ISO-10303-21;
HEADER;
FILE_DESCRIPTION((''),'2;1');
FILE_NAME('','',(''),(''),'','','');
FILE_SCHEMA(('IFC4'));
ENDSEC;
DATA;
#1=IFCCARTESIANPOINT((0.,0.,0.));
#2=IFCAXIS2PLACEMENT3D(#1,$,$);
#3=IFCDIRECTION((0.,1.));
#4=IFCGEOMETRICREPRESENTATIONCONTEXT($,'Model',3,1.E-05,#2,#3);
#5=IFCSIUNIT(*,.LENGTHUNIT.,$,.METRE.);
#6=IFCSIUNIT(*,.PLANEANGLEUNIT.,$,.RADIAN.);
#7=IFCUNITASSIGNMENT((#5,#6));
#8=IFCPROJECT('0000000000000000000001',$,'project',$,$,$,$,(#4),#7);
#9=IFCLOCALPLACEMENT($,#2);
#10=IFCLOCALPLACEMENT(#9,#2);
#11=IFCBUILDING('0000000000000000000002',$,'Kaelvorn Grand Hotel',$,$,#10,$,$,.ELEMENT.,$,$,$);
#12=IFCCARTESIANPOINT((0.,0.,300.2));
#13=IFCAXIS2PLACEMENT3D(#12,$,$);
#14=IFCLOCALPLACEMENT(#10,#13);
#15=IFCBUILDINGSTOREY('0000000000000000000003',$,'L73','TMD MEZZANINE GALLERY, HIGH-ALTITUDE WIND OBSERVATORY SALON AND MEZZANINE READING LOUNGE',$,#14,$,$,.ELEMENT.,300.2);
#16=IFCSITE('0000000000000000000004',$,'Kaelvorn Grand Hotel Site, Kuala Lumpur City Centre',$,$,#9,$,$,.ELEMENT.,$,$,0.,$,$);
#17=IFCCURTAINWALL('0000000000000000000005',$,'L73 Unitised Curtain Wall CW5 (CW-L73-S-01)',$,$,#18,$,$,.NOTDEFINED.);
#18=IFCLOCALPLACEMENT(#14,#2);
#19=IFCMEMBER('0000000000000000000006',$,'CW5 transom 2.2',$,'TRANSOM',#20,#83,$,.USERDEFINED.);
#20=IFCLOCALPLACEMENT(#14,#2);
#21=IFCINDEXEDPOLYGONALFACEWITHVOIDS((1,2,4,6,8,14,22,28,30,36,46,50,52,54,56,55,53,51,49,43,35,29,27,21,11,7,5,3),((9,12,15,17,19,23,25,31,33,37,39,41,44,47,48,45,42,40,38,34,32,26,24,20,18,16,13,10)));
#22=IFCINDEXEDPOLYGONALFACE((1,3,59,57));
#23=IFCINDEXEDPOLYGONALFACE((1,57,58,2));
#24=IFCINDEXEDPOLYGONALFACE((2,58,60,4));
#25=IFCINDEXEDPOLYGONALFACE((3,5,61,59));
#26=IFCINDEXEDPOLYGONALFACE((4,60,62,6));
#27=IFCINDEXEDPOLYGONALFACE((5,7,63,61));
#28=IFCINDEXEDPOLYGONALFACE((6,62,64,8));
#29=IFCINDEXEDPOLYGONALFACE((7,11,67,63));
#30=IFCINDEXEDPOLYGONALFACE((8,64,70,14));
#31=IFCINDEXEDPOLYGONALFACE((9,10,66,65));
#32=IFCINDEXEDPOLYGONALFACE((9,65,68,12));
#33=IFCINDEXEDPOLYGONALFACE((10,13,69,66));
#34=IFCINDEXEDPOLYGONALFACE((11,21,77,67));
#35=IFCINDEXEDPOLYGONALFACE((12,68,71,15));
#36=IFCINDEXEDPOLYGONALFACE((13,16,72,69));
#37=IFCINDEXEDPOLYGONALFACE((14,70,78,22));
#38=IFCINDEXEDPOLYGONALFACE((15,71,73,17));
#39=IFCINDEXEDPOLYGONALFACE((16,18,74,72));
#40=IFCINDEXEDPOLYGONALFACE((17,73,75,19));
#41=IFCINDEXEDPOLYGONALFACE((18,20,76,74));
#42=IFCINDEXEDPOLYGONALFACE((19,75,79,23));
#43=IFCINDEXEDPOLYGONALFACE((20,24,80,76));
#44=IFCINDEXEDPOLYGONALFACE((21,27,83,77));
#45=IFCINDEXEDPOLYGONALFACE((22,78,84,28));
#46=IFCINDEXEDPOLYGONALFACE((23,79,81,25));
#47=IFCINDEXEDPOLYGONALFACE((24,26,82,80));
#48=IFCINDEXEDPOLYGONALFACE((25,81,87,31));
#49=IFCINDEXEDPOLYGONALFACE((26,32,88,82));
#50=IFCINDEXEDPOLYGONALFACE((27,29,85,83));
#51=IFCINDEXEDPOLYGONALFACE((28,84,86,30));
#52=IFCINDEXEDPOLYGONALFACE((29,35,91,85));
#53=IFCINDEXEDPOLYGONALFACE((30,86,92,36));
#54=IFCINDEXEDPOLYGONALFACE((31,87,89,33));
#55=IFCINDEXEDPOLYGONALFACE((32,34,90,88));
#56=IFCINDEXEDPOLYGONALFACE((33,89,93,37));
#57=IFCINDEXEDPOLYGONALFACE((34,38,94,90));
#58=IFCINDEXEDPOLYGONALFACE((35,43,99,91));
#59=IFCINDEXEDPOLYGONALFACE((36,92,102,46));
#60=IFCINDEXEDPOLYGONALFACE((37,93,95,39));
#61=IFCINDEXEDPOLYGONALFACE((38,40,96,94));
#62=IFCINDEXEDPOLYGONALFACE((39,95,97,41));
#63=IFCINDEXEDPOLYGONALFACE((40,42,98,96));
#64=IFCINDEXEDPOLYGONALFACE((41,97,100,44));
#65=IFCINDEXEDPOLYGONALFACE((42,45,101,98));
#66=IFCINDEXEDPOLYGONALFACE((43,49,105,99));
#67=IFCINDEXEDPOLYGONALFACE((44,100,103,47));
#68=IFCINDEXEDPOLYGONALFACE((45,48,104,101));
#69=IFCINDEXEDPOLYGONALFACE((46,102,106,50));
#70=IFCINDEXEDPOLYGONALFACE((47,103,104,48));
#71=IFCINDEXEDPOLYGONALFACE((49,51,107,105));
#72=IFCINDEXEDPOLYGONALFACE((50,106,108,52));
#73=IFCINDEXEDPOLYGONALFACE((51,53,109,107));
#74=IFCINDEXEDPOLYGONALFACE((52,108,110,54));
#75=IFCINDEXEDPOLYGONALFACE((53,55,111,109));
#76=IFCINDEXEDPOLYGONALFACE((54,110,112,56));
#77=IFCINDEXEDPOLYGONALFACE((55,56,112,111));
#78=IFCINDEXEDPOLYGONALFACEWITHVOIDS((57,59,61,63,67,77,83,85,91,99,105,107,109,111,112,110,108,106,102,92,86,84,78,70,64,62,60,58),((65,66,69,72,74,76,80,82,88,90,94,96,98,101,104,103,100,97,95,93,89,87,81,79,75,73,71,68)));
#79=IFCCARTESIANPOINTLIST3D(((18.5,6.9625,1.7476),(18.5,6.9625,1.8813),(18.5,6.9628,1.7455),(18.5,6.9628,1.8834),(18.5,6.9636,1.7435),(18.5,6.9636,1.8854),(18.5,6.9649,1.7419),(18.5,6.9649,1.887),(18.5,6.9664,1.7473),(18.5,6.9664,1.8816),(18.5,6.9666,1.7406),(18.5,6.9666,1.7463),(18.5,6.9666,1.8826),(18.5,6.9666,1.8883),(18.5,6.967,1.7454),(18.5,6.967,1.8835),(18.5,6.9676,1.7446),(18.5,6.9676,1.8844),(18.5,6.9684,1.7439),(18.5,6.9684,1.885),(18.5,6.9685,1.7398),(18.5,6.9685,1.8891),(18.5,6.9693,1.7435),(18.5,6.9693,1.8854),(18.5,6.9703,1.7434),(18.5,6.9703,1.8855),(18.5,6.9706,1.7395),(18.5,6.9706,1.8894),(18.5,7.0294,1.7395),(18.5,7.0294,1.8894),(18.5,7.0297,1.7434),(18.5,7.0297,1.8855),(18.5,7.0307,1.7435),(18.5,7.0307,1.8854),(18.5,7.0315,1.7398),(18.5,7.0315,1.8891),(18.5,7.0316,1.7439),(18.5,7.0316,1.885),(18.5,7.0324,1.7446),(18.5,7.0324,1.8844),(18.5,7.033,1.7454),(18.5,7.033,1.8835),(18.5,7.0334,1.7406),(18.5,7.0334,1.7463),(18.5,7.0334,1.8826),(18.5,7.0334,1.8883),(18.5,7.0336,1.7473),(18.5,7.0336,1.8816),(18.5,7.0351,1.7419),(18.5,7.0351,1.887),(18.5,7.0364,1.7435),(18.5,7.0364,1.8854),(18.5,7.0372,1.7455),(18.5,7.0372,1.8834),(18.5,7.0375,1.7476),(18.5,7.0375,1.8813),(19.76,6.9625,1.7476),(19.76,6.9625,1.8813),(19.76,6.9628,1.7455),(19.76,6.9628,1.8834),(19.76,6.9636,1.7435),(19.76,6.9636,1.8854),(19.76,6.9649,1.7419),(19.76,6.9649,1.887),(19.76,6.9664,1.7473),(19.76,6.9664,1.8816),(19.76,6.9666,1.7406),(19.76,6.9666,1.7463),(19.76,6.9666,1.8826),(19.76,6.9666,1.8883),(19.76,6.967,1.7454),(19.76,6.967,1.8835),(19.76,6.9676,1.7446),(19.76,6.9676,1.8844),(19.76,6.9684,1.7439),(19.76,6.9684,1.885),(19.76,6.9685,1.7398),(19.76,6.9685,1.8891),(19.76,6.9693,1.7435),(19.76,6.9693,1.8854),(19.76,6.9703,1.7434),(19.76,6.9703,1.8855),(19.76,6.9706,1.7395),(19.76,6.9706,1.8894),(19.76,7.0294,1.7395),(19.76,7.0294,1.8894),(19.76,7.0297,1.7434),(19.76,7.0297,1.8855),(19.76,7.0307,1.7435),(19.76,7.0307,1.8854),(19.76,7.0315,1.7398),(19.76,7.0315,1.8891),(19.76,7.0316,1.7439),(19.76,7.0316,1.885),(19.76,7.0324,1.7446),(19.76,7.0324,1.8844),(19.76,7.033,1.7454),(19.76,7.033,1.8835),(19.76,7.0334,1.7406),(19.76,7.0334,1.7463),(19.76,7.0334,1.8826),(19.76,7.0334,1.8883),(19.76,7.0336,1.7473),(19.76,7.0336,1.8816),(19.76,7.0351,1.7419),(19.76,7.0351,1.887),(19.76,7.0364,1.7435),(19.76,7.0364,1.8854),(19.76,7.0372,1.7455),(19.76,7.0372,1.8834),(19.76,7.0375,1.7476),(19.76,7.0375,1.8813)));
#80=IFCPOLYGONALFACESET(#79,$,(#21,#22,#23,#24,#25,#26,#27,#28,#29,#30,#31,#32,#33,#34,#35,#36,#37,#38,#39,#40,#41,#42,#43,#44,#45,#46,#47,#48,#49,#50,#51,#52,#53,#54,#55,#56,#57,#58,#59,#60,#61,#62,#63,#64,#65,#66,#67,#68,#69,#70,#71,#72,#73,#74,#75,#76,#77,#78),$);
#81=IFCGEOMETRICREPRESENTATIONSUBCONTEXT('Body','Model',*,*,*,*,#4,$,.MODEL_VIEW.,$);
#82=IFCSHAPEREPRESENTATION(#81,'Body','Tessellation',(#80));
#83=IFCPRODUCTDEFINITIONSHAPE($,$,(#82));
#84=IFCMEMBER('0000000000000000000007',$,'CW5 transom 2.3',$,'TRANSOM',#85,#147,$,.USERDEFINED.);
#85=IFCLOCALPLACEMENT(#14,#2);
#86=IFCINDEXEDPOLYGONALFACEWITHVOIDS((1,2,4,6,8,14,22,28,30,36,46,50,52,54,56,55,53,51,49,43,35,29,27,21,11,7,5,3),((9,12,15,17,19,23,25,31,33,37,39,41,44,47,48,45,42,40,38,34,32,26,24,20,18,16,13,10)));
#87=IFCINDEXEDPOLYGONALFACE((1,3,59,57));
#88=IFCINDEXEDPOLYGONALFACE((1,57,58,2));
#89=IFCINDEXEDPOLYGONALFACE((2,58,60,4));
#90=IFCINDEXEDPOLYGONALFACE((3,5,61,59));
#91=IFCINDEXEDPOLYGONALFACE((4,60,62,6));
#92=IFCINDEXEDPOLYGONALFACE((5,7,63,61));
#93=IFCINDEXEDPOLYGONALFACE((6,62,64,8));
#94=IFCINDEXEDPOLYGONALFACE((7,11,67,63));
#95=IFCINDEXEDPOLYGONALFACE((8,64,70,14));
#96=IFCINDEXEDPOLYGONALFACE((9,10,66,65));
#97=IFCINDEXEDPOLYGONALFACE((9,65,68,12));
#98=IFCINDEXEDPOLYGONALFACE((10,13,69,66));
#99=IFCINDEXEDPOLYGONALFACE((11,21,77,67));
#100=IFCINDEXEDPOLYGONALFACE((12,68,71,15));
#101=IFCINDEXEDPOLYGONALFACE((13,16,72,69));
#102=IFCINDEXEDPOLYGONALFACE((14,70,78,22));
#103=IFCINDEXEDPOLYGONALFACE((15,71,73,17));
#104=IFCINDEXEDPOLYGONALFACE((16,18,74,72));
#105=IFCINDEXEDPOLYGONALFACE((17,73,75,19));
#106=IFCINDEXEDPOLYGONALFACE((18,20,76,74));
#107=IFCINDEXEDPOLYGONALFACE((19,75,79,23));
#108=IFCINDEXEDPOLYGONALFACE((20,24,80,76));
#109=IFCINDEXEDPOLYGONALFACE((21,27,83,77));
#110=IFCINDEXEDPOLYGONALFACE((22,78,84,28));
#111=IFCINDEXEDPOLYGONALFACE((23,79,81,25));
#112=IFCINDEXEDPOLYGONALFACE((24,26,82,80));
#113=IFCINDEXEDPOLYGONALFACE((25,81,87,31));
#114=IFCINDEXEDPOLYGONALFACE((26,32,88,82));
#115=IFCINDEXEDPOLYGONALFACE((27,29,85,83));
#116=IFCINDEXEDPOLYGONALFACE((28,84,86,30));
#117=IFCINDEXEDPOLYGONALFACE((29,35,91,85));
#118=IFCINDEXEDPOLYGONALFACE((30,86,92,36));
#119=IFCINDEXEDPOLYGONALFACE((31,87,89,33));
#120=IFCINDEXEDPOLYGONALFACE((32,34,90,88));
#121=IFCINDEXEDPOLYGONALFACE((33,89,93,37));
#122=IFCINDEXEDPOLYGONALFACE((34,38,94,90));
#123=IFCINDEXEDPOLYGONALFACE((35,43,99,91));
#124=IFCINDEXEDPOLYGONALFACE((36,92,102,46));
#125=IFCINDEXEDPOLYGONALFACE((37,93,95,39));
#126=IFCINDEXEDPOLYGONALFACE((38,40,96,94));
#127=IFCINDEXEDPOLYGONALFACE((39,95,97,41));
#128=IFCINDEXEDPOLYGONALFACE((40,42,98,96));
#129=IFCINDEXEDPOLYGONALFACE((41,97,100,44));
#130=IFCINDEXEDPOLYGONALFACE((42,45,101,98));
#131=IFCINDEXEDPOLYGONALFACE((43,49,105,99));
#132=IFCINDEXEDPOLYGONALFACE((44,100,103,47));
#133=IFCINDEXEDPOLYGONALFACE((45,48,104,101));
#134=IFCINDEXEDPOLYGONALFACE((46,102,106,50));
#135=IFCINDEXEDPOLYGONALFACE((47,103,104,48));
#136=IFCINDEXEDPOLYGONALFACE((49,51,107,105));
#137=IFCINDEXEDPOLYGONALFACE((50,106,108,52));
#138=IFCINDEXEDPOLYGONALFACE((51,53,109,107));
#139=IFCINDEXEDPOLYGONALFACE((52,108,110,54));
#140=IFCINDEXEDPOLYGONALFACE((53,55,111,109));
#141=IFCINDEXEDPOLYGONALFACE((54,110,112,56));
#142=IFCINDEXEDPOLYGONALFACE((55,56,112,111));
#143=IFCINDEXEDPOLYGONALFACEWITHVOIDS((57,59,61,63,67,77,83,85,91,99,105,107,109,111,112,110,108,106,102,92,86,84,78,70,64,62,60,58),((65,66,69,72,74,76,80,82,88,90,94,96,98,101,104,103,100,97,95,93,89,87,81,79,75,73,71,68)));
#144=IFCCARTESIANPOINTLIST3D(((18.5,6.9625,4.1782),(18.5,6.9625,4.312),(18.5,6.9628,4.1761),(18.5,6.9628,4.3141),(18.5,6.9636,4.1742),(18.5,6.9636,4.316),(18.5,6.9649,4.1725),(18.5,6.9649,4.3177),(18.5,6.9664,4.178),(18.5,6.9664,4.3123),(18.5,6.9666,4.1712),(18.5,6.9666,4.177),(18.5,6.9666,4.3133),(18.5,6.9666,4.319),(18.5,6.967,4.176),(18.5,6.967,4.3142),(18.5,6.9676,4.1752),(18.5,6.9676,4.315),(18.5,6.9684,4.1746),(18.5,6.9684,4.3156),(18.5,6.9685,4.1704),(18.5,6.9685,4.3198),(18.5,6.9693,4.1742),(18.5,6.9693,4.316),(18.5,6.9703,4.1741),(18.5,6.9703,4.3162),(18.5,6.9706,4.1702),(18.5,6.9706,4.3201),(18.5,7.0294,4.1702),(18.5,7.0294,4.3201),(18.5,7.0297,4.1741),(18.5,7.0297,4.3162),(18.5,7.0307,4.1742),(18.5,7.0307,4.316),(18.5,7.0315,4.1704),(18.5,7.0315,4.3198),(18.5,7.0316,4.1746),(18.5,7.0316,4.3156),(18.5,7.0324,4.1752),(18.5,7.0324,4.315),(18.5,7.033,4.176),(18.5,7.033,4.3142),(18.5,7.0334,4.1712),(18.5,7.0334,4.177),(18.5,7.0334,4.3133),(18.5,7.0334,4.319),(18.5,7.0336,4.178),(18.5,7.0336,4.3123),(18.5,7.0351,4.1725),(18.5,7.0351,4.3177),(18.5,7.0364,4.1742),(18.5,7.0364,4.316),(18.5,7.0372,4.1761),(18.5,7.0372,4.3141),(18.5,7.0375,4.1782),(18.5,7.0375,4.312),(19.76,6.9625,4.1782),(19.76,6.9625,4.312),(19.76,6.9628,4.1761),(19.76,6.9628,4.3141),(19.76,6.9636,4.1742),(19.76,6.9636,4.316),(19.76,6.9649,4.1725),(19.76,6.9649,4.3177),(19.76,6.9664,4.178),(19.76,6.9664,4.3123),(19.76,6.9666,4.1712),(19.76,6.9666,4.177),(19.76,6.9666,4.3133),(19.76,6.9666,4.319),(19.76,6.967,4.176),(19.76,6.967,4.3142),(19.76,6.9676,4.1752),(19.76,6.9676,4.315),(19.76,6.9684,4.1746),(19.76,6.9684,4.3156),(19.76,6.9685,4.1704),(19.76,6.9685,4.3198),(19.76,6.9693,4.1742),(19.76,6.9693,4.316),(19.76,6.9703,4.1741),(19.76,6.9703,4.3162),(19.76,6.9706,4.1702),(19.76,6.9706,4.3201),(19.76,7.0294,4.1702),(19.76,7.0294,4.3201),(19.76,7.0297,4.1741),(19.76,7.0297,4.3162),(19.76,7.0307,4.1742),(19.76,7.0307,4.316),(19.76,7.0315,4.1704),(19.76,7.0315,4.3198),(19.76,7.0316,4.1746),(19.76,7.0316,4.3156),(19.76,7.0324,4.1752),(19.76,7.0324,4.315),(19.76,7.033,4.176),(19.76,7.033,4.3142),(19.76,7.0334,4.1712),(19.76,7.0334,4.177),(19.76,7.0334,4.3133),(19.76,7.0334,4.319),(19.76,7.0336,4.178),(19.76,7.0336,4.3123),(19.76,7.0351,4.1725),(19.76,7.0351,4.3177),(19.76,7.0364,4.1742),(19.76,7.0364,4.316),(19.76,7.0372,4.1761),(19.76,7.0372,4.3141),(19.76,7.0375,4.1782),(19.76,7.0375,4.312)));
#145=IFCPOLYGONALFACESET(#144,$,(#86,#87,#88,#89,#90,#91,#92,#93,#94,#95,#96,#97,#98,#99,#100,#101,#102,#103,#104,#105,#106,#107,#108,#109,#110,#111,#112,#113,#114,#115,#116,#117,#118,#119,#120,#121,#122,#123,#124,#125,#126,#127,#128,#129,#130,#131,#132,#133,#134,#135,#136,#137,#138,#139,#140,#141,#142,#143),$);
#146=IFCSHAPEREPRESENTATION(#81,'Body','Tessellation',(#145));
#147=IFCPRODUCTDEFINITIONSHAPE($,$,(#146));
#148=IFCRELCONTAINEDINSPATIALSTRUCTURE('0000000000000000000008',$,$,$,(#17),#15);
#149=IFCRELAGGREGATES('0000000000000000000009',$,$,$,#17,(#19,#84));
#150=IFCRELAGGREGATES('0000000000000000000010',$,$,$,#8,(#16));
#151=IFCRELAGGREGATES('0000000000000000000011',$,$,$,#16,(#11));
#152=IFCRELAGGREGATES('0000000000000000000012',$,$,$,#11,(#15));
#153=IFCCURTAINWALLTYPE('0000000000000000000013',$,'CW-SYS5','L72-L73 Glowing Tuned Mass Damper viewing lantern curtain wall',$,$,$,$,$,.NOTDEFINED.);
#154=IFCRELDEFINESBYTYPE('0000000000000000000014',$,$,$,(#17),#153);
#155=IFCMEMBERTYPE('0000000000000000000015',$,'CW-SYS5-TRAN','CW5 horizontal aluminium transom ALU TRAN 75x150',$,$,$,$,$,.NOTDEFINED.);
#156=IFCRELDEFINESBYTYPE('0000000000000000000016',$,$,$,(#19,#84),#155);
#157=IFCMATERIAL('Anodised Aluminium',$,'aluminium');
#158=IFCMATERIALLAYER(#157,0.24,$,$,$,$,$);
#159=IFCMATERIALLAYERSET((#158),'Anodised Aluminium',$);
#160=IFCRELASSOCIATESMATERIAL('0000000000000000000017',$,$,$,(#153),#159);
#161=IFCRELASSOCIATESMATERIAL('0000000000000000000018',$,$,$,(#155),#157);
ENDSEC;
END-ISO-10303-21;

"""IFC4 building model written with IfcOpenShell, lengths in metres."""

from ifc_helpers import new_model, si_unit, direction, frame, origin, origin_2d, place, context, subcontext, project, spatial, hollow_rectangle, extrude, material, layer, layer_set, material_profile, profile_set, type_object, element, aggregate, save


model = new_model("IFC4")

# Units and contexts
model_context = context("Model", 3, precision=1e-05, world=origin(), true_north=direction((0.0, 1.0)))
body_context = subcontext(model_context, "Body", "Model", "MODEL_VIEW")
ifc_project = project(units=[si_unit("LENGTHUNIT", "METRE"), si_unit("PLANEANGLEUNIT", "RADIAN")], contexts=[model_context])

# Site, building, storey
site_placement = place(None, origin())
site = spatial("IfcSite", under=ifc_project, at=site_placement, Name="Kaelvorn Grand Hotel Site, Kuala Lumpur City Centre", CompositionType="ELEMENT", RefElevation=0.0)
building_placement = place(site_placement, origin())
building = spatial("IfcBuilding", under=site, at=building_placement, Name="Kaelvorn Grand Hotel", CompositionType="ELEMENT")
storey_placement = place(building_placement, frame((0.0, 0.0, 300.2)))
storey = spatial("IfcBuildingStorey", under=building, at=storey_placement, Name="L73", Description="TMD MEZZANINE GALLERY, HIGH-ALTITUDE WIND OBSERVATORY SALON AND MEZZANINE READING LOUNGE", CompositionType="ELEMENT", Elevation=300.2)

# Curtain wall, members
ifc_material_1 = material(Name="Anodised Aluminium", Category="aluminium")
ifc_layer_1 = layer(ifc_material_1, 0.24)
ifc_layer_set_1 = layer_set([ifc_layer_1], Name="Anodised Aluminium")
curtain_wall_type = type_object("IfcCurtainWallType", Name="CW-SYS5", Description="L72-L73 Glowing Tuned Mass Damper viewing lantern curtain wall", PredefinedType="NOTDEFINED", material=ifc_layer_set_1)
curtain_wall_placement = place(storey_placement, origin())
curtain_wall = element("IfcCurtainWall", 1, at=curtain_wall_placement, inside=storey, type_object=curtain_wall_type, Name="L73 Unitised Curtain Wall CW5 (CW-L73-S-01)", PredefinedType="NOTDEFINED")
ifc_material_profile_1 = material_profile(ifc_material_1, hollow_rectangle(XDim=0.075, YDim=0.1499, WallThickness=0.0039, InnerFilletRadius=0.0039, OuterFilletRadius=0.0081, at=origin_2d()), Name="ALU TRAN 75x150")
ifc_profile_set_1 = profile_set([ifc_material_profile_1], Name="Anodised Aluminium")
member_type_1 = type_object("IfcMemberType", Name="CW-SYS5-TRAN", Description="CW5 horizontal aluminium transom ALU TRAN 75x150", PredefinedType="NOTDEFINED", material=ifc_profile_set_1)
member_1_placement = place(storey_placement, frame((18.5, 7.0, 1.8145), z_axis=(1.0, 0.0, 0.0), x_axis=(0.0, 1.0, 0.0)))
member_1 = element("IfcMember", 2, at=member_1_placement, type_object=member_type_1, Name="CW5 transom 2.2", ObjectType="TRANSOM", PredefinedType="USERDEFINED", context=body_context, shape_type="SweptSolid", body=[
    extrude(hollow_rectangle(XDim=0.075, YDim=0.1499, WallThickness=0.0039, InnerFilletRadius=0.0039, OuterFilletRadius=0.0081, at=origin_2d()), origin(), (0.0, 0.0, 1.0), 1.26),
])
member_2_placement = place(storey_placement, frame((18.5, 7.0, 4.2451), z_axis=(1.0, 0.0, 0.0), x_axis=(0.0, 1.0, 0.0)))
member_2 = element("IfcMember", 3, at=member_2_placement, type_object=member_type_1, Name="CW5 transom 2.3", ObjectType="TRANSOM", PredefinedType="USERDEFINED", context=body_context, shape_type="SweptSolid", body=[
    extrude(hollow_rectangle(XDim=0.075, YDim=0.1499, WallThickness=0.0039, InnerFilletRadius=0.0039, OuterFilletRadius=0.0081, at=origin_2d()), origin(), (0.0, 0.0, 1.0), 1.26),
])
aggregate(curtain_wall, [member_1, member_2])

save(model, "model.ifc")
